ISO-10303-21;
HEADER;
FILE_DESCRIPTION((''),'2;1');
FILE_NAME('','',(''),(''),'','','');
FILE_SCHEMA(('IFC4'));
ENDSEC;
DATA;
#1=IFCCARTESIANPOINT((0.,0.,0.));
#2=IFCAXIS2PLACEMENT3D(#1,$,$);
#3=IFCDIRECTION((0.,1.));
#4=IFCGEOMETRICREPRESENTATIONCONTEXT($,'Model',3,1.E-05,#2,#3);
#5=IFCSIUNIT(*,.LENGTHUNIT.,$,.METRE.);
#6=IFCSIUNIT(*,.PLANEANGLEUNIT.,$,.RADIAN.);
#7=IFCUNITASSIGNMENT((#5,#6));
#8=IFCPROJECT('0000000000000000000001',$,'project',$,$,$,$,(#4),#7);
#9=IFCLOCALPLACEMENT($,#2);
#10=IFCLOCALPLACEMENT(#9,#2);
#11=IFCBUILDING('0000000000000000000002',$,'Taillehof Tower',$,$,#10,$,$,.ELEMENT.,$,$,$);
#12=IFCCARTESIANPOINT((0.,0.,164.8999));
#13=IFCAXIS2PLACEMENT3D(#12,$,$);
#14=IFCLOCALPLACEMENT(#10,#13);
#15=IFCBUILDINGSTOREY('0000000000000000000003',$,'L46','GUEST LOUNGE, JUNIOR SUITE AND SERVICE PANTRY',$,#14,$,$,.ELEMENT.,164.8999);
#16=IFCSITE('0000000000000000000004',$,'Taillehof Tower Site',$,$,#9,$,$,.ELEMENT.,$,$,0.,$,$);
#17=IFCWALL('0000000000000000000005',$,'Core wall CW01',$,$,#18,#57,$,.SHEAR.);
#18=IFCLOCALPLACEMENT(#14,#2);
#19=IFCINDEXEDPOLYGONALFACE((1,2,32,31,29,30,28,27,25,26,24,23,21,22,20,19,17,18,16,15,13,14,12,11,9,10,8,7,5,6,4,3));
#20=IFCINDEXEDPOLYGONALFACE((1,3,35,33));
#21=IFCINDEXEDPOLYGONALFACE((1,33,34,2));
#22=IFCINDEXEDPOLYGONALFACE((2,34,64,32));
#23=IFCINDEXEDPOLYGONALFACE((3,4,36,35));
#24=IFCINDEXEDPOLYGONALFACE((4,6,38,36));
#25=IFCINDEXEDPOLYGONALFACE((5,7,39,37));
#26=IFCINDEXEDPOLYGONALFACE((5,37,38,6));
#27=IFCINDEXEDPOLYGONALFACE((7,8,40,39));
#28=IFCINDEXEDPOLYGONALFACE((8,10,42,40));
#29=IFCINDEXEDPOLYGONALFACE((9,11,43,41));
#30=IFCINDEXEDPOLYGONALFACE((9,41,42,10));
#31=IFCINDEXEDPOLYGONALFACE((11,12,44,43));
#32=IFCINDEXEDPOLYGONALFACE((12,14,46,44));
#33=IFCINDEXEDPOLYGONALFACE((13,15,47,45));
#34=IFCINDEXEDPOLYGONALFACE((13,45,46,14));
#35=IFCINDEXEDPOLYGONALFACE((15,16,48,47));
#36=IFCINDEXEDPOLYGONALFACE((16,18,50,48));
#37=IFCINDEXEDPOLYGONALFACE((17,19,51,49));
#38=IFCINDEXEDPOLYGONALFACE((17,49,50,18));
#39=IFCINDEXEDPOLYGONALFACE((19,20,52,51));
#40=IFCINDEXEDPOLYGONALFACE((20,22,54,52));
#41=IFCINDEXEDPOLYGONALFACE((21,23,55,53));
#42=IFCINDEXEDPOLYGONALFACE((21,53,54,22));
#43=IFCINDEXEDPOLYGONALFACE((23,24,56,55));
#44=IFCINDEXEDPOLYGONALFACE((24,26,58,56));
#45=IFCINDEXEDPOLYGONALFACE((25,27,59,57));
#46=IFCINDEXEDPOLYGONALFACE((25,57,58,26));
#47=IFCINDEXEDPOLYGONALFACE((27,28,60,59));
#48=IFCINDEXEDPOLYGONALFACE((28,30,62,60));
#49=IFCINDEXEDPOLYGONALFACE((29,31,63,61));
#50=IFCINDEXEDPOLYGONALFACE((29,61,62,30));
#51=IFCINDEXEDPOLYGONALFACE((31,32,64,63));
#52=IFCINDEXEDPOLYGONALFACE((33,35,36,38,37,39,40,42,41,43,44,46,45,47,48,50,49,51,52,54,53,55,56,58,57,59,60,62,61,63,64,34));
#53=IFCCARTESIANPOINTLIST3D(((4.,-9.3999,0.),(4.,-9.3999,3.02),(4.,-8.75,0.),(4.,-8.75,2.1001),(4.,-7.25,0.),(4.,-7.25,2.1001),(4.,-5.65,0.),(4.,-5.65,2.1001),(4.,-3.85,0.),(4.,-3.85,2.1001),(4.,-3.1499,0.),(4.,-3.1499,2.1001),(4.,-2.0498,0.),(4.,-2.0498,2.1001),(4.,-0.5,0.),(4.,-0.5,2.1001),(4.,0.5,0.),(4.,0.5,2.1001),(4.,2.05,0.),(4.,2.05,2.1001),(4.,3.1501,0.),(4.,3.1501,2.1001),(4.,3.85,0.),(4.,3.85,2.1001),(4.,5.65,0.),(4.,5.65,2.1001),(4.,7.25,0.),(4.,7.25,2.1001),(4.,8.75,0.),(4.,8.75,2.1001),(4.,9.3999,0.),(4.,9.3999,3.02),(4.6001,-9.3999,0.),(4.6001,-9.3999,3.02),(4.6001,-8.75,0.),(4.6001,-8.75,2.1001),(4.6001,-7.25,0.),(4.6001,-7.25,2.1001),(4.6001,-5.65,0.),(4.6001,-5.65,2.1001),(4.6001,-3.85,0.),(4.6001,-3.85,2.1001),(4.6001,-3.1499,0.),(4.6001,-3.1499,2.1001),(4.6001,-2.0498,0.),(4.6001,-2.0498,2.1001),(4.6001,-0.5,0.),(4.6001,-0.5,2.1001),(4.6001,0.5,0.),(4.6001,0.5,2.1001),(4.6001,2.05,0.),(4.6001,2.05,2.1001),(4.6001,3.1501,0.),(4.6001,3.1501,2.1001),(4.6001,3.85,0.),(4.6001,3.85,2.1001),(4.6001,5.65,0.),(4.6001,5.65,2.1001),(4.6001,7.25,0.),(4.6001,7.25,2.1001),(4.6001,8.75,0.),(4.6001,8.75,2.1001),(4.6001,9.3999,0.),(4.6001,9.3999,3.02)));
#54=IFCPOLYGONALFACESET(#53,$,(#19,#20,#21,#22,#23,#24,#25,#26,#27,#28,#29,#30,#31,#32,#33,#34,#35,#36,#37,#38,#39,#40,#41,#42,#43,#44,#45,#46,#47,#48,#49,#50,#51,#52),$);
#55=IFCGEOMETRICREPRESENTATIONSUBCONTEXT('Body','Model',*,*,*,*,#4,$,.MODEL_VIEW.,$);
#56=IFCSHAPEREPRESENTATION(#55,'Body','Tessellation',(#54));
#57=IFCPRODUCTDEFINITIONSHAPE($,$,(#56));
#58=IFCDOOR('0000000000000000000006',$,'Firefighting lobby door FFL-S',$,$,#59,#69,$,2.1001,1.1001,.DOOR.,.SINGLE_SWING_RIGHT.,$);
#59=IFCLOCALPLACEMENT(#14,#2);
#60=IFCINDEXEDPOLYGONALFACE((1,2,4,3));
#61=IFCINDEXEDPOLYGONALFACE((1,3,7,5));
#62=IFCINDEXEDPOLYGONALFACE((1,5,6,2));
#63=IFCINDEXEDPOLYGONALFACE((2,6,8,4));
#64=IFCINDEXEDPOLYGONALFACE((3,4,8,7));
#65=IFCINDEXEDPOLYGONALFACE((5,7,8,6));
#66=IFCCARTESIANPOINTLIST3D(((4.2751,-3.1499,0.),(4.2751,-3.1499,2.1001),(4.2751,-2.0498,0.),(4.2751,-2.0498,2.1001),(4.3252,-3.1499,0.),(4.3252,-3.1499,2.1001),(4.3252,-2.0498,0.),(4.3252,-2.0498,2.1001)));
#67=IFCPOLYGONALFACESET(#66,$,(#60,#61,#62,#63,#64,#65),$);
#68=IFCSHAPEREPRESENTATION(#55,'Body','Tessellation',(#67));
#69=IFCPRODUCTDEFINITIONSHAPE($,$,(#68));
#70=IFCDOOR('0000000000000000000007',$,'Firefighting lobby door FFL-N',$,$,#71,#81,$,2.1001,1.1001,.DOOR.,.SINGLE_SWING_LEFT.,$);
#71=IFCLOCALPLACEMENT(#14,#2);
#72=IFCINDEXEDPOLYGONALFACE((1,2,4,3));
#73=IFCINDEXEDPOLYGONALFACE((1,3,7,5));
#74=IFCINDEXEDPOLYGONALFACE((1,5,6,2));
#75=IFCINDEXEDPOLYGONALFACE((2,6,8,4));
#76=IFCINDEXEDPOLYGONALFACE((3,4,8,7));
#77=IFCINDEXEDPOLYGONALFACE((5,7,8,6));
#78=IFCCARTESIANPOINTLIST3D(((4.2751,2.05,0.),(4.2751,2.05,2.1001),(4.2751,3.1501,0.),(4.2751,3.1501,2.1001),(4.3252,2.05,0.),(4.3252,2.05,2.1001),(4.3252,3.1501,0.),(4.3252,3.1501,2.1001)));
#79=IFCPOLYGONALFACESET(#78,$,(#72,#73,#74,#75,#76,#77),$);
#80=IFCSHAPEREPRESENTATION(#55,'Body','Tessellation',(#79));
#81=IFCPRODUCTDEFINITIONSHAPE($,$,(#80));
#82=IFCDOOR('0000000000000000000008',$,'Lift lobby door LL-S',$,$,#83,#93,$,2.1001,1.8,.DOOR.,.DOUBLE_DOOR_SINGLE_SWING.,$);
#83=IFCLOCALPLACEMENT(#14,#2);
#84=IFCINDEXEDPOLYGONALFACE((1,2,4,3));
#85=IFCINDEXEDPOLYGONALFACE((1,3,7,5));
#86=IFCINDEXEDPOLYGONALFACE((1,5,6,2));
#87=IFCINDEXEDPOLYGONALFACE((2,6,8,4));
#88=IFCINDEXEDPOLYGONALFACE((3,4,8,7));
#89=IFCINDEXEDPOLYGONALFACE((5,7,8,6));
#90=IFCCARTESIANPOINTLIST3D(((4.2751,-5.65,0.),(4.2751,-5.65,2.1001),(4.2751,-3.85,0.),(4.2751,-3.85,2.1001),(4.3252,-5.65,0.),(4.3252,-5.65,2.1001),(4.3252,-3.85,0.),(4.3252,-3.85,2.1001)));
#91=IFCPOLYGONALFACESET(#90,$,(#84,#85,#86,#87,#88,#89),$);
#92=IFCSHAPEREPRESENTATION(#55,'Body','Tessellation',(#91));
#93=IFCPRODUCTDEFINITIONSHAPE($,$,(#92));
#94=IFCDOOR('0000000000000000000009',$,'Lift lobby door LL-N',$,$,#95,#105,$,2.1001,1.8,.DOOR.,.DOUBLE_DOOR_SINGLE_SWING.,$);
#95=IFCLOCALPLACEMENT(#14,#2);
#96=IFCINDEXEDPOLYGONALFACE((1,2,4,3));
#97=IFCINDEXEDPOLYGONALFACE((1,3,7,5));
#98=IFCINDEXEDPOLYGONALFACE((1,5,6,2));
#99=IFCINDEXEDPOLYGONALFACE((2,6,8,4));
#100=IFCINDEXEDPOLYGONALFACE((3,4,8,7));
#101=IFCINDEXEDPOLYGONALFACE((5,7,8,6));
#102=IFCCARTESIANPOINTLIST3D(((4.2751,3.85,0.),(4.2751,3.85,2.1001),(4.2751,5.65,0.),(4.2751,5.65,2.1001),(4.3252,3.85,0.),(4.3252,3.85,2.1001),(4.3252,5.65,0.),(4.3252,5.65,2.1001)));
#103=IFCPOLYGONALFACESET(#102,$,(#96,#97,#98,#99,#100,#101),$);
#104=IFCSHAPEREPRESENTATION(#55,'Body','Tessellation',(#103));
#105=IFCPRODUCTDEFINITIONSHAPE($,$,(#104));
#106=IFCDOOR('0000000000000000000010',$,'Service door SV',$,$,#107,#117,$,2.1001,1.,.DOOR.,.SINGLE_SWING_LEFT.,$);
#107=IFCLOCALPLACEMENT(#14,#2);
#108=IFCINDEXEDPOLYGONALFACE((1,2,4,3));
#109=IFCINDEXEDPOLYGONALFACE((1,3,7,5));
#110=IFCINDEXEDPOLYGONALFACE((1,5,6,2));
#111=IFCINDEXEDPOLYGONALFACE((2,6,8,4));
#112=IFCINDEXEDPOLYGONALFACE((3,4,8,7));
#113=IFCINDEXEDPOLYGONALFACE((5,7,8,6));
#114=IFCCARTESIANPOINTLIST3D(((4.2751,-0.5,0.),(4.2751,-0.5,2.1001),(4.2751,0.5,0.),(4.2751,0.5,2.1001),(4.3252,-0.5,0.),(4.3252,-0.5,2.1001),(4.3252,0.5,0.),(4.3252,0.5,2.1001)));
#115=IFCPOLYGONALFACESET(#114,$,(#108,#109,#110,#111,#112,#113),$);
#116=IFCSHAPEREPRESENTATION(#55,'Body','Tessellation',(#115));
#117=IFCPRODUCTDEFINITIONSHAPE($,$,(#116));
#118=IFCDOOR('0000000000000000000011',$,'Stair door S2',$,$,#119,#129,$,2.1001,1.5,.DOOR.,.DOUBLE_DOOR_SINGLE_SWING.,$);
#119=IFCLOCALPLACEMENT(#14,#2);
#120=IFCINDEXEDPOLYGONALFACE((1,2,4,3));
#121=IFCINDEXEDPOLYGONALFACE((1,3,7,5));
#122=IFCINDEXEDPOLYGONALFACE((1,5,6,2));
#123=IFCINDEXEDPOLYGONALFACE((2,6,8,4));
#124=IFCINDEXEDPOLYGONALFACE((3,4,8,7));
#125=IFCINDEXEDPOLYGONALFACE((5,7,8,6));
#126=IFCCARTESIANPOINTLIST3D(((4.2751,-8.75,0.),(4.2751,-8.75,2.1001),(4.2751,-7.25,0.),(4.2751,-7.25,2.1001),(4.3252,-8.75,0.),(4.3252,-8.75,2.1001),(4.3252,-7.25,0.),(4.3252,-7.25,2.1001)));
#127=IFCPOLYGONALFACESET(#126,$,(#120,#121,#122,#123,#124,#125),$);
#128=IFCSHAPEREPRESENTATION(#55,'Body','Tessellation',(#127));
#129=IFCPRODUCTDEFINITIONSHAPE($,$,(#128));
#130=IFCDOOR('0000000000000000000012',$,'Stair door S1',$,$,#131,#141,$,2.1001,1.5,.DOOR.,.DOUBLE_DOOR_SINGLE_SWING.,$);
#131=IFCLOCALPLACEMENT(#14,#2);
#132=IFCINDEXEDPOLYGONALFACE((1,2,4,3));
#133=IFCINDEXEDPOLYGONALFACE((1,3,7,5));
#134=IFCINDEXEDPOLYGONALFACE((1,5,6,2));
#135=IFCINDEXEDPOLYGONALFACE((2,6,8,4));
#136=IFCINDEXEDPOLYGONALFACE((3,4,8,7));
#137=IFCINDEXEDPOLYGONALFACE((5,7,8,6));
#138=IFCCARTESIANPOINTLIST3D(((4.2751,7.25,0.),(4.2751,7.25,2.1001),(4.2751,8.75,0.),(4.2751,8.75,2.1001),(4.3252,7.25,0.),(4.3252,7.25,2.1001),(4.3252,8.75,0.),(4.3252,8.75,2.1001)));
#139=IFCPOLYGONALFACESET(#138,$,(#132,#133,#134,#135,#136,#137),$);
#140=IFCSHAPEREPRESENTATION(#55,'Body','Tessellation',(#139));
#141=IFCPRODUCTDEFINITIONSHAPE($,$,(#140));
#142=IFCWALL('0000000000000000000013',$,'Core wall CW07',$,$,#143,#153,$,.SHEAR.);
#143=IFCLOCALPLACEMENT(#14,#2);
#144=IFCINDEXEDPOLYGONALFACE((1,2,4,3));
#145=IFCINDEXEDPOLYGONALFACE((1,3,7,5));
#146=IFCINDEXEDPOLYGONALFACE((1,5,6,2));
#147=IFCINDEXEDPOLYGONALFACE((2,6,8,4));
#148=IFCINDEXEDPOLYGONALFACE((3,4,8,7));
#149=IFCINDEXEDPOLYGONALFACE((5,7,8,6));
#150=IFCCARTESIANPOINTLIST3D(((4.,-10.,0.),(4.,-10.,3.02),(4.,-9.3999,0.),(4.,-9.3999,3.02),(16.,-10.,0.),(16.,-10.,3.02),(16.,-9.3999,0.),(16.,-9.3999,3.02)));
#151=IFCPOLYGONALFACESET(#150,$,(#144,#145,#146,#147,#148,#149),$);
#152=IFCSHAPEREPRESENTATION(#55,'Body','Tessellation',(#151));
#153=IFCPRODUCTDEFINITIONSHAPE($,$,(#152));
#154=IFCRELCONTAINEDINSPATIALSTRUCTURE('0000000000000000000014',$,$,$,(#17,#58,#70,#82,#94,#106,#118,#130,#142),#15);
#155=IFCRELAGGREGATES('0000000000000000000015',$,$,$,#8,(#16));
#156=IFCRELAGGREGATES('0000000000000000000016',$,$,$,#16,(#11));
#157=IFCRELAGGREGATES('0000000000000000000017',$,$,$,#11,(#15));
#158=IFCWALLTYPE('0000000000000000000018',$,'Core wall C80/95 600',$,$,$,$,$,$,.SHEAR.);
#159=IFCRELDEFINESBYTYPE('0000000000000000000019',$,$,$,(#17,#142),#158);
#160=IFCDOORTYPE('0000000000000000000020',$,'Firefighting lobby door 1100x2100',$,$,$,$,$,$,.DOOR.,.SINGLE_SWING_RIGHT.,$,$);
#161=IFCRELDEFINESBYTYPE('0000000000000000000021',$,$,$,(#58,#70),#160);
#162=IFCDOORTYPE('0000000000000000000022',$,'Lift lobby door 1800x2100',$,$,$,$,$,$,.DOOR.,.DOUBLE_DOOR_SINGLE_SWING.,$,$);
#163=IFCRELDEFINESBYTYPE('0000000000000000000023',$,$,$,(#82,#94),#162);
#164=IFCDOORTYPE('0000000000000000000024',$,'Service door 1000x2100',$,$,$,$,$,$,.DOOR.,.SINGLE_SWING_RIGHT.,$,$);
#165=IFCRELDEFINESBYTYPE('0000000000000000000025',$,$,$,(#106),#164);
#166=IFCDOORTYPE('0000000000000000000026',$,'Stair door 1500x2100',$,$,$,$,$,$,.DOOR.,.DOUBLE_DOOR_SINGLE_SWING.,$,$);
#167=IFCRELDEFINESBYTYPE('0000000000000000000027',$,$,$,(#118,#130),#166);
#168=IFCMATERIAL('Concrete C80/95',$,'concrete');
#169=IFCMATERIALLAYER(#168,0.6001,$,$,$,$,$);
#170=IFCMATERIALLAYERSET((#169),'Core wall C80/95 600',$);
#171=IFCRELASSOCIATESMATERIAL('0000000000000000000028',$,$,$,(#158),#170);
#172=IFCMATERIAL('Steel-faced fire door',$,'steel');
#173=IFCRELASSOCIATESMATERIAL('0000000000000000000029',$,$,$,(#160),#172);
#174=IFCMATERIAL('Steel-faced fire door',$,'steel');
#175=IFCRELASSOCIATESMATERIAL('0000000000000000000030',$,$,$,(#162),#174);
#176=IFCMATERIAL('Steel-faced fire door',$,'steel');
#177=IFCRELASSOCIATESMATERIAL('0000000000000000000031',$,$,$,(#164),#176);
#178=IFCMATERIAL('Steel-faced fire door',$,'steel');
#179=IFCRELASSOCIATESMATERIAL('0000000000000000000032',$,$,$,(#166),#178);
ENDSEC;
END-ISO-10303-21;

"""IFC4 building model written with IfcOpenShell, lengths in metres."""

from ifc_helpers import new_model, si_unit, direction, frame, frame_2d, origin, place, context, subcontext, project, spatial, rectangle, extrude, material, layer, layer_set, type_object, element, fill, save


model = new_model("IFC4")

# Units and contexts
model_context = context("Model", 3, precision=1e-05, world=origin(), true_north=direction((0.0, 1.0)))
body_context = subcontext(model_context, "Body", "Model", "MODEL_VIEW")
ifc_project = project(units=[si_unit("LENGTHUNIT", "METRE"), si_unit("PLANEANGLEUNIT", "RADIAN")], contexts=[model_context])

# Site, building, storey
site_placement = place(None, origin())
site = spatial("IfcSite", under=ifc_project, at=site_placement, Name="Taillehof Tower Site", CompositionType="ELEMENT", RefElevation=0.0)
building_placement = place(site_placement, origin())
building = spatial("IfcBuilding", under=site, at=building_placement, Name="Taillehof Tower", CompositionType="ELEMENT")
storey_placement = place(building_placement, frame((0.0, 0.0, 164.8999)))
storey = spatial("IfcBuildingStorey", under=building, at=storey_placement, Name="L46", Description="GUEST LOUNGE, JUNIOR SUITE AND SERVICE PANTRY", CompositionType="ELEMENT", Elevation=164.8999)

# Wall, openings, doors
ifc_material_1 = material(Name="Concrete C80/95", Category="concrete")
ifc_layer_1 = layer(ifc_material_1, 0.6001)
ifc_layer_set_1 = layer_set([ifc_layer_1], Name="Core wall C80/95 600")
wall_type_1 = type_object("IfcWallType", Name="Core wall C80/95 600", PredefinedType="SHEAR", material=ifc_layer_set_1)
wall_1_placement = place(storey_placement, frame((4.3, -9.3999, 0.0), z_axis=(0.0, 0.0, 1.0), x_axis=(0.0, 1.0, 0.0)))
wall_1 = element("IfcWall", 1, at=wall_1_placement, inside=storey, type_object=wall_type_1, Name="Core wall CW01", PredefinedType="SHEAR", context=body_context, shape_type="SweptSolid", body=[
    extrude(rectangle(XDim=18.7998, YDim=0.6001, at=frame_2d((9.3999, 0.0))), origin(), (0.0, 0.0, 1.0), 3.02),
])
opening_1_placement = place(wall_1_placement, frame((0.6499, 0.0, 0.0)))
opening_1 = element("IfcOpeningElement", 2, at=opening_1_placement, cuts=wall_1, PredefinedType="OPENING", context=body_context, shape_type="SweptSolid", body=[
    extrude(rectangle(XDim=1.5, YDim=2.1001, at=frame_2d((0.75, 1.05))), frame((0.0, 0.3101, 0.0), z_axis=(0.0, -1.0, 0.0), x_axis=(1.0, 0.0, 0.0)), (0.0, 0.0, 1.0), 0.6201),
])
opening_2_placement = place(wall_1_placement, frame((3.75, 0.0, 0.0)))
opening_2 = element("IfcOpeningElement", 3, at=opening_2_placement, cuts=wall_1, PredefinedType="OPENING", context=body_context, shape_type="SweptSolid", body=[
    extrude(rectangle(XDim=1.8, YDim=2.1001, at=frame_2d((0.8999, 1.05))), frame((0.0, 0.3101, 0.0), z_axis=(0.0, -1.0, 0.0), x_axis=(1.0, 0.0, 0.0)), (0.0, 0.0, 1.0), 0.6201),
])
opening_3_placement = place(wall_1_placement, frame((6.25, 0.0, 0.0)))
opening_3 = element("IfcOpeningElement", 4, at=opening_3_placement, cuts=wall_1, PredefinedType="OPENING", context=body_context, shape_type="SweptSolid", body=[
    extrude(rectangle(XDim=1.1001, YDim=2.1001, at=frame_2d((0.55, 1.05))), frame((0.0, 0.3101, 0.0), z_axis=(0.0, -1.0, 0.0), x_axis=(1.0, 0.0, 0.0)), (0.0, 0.0, 1.0), 0.6201),
])
opening_4_placement = place(wall_1_placement, frame((8.8999, 0.0, 0.0)))
opening_4 = element("IfcOpeningElement", 5, at=opening_4_placement, cuts=wall_1, PredefinedType="OPENING", context=body_context, shape_type="SweptSolid", body=[
    extrude(rectangle(XDim=1.0, YDim=2.1001, at=frame_2d((0.5, 1.05))), frame((0.0, 0.3101, 0.0), z_axis=(0.0, -1.0, 0.0), x_axis=(1.0, 0.0, 0.0)), (0.0, 0.0, 1.0), 0.6201),
])
opening_5_placement = place(wall_1_placement, frame((11.45, 0.0, 0.0)))
opening_5 = element("IfcOpeningElement", 6, at=opening_5_placement, cuts=wall_1, PredefinedType="OPENING", context=body_context, shape_type="SweptSolid", body=[
    extrude(rectangle(XDim=1.1001, YDim=2.1001, at=frame_2d((0.55, 1.05))), frame((0.0, 0.3101, 0.0), z_axis=(0.0, -1.0, 0.0), x_axis=(1.0, 0.0, 0.0)), (0.0, 0.0, 1.0), 0.6201),
])
opening_6_placement = place(wall_1_placement, frame((13.25, 0.0, 0.0)))
opening_6 = element("IfcOpeningElement", 7, at=opening_6_placement, cuts=wall_1, PredefinedType="OPENING", context=body_context, shape_type="SweptSolid", body=[
    extrude(rectangle(XDim=1.8, YDim=2.1001, at=frame_2d((0.8999, 1.05))), frame((0.0, 0.3101, 0.0), z_axis=(0.0, -1.0, 0.0), x_axis=(1.0, 0.0, 0.0)), (0.0, 0.0, 1.0), 0.6201),
])
opening_7_placement = place(wall_1_placement, frame((16.6499, 0.0, 0.0)))
opening_7 = element("IfcOpeningElement", 8, at=opening_7_placement, cuts=wall_1, PredefinedType="OPENING", context=body_context, shape_type="SweptSolid", body=[
    extrude(rectangle(XDim=1.5, YDim=2.1001, at=frame_2d((0.75, 1.05))), frame((0.0, 0.3101, 0.0), z_axis=(0.0, -1.0, 0.0), x_axis=(1.0, 0.0, 0.0)), (0.0, 0.0, 1.0), 0.6201),
])
ifc_material_2 = material(Name="Steel-faced fire door", Category="steel")
door_type_1 = type_object("IfcDoorType", Name="Firefighting lobby door 1100x2100", OperationType="SINGLE_SWING_RIGHT", PredefinedType="DOOR", material=ifc_material_2)
door_1_placement = place(opening_3_placement, origin())
door_1 = element("IfcDoor", 9, at=door_1_placement, inside=storey, type_object=door_type_1, Name="Firefighting lobby door FFL-S", OperationType="SINGLE_SWING_RIGHT", OverallHeight=2.1001, OverallWidth=1.1001, PredefinedType="DOOR", context=body_context, shape_type="SweptSolid", body=[
    extrude(rectangle(XDim=1.1001, YDim=2.1001, at=frame_2d((0.55, 1.05))), frame((0.0, 0.0249, 0.0), z_axis=(0.0, -1.0, 0.0), x_axis=(1.0, 0.0, 0.0)), (0.0, 0.0, 1.0), 0.05),
])
fill(opening_3, door_1)
door_2_placement = place(opening_5_placement, origin())
door_2 = element("IfcDoor", 10, at=door_2_placement, inside=storey, type_object=door_type_1, Name="Firefighting lobby door FFL-N", OperationType="SINGLE_SWING_LEFT", OverallHeight=2.1001, OverallWidth=1.1001, PredefinedType="DOOR", context=body_context, shape_type="SweptSolid", body=[
    extrude(rectangle(XDim=1.1001, YDim=2.1001, at=frame_2d((0.55, 1.05))), frame((0.0, 0.0249, 0.0), z_axis=(0.0, -1.0, 0.0), x_axis=(1.0, 0.0, 0.0)), (0.0, 0.0, 1.0), 0.05),
])
fill(opening_5, door_2)
ifc_material_3 = material(Name="Steel-faced fire door", Category="steel")
door_type_2 = type_object("IfcDoorType", Name="Lift lobby door 1800x2100", OperationType="DOUBLE_DOOR_SINGLE_SWING", PredefinedType="DOOR", material=ifc_material_3)
door_3_placement = place(opening_2_placement, origin())
door_3 = element("IfcDoor", 11, at=door_3_placement, inside=storey, type_object=door_type_2, Name="Lift lobby door LL-S", OperationType="DOUBLE_DOOR_SINGLE_SWING", OverallHeight=2.1001, OverallWidth=1.8, PredefinedType="DOOR", context=body_context, shape_type="SweptSolid", body=[
    extrude(rectangle(XDim=1.8, YDim=2.1001, at=frame_2d((0.8999, 1.05))), frame((0.0, 0.0249, 0.0), z_axis=(0.0, -1.0, 0.0), x_axis=(1.0, 0.0, 0.0)), (0.0, 0.0, 1.0), 0.05),
])
fill(opening_2, door_3)
door_4_placement = place(opening_6_placement, origin())
door_4 = element("IfcDoor", 12, at=door_4_placement, inside=storey, type_object=door_type_2, Name="Lift lobby door LL-N", OperationType="DOUBLE_DOOR_SINGLE_SWING", OverallHeight=2.1001, OverallWidth=1.8, PredefinedType="DOOR", context=body_context, shape_type="SweptSolid", body=[
    extrude(rectangle(XDim=1.8, YDim=2.1001, at=frame_2d((0.8999, 1.05))), frame((0.0, 0.0249, 0.0), z_axis=(0.0, -1.0, 0.0), x_axis=(1.0, 0.0, 0.0)), (0.0, 0.0, 1.0), 0.05),
])
fill(opening_6, door_4)
ifc_material_4 = material(Name="Steel-faced fire door", Category="steel")
door_type_3 = type_object("IfcDoorType", Name="Service door 1000x2100", OperationType="SINGLE_SWING_RIGHT", PredefinedType="DOOR", material=ifc_material_4)
door_5_placement = place(opening_4_placement, origin())
door_5 = element("IfcDoor", 13, at=door_5_placement, inside=storey, type_object=door_type_3, Name="Service door SV", OperationType="SINGLE_SWING_LEFT", OverallHeight=2.1001, OverallWidth=1.0, PredefinedType="DOOR", context=body_context, shape_type="SweptSolid", body=[
    extrude(rectangle(XDim=1.0, YDim=2.1001, at=frame_2d((0.5, 1.05))), frame((0.0, 0.0249, 0.0), z_axis=(0.0, -1.0, 0.0), x_axis=(1.0, 0.0, 0.0)), (0.0, 0.0, 1.0), 0.05),
])
fill(opening_4, door_5)
ifc_material_5 = material(Name="Steel-faced fire door", Category="steel")
door_type_4 = type_object("IfcDoorType", Name="Stair door 1500x2100", OperationType="DOUBLE_DOOR_SINGLE_SWING", PredefinedType="DOOR", material=ifc_material_5)
door_6_placement = place(opening_1_placement, origin())
door_6 = element("IfcDoor", 14, at=door_6_placement, inside=storey, type_object=door_type_4, Name="Stair door S2", OperationType="DOUBLE_DOOR_SINGLE_SWING", OverallHeight=2.1001, OverallWidth=1.5, PredefinedType="DOOR", context=body_context, shape_type="SweptSolid", body=[
    extrude(rectangle(XDim=1.5, YDim=2.1001, at=frame_2d((0.75, 1.05))), frame((0.0, 0.0249, 0.0), z_axis=(0.0, -1.0, 0.0), x_axis=(1.0, 0.0, 0.0)), (0.0, 0.0, 1.0), 0.05),
])
fill(opening_1, door_6)
door_7_placement = place(opening_7_placement, origin())
door_7 = element("IfcDoor", 15, at=door_7_placement, inside=storey, type_object=door_type_4, Name="Stair door S1", OperationType="DOUBLE_DOOR_SINGLE_SWING", OverallHeight=2.1001, OverallWidth=1.5, PredefinedType="DOOR", context=body_context, shape_type="SweptSolid", body=[
    extrude(rectangle(XDim=1.5, YDim=2.1001, at=frame_2d((0.75, 1.05))), frame((0.0, 0.0249, 0.0), z_axis=(0.0, -1.0, 0.0), x_axis=(1.0, 0.0, 0.0)), (0.0, 0.0, 1.0), 0.05),
])
fill(opening_7, door_7)

# Wall
wall_2_placement = place(storey_placement, frame((4.0, -9.7, 0.0), z_axis=(0.0, 0.0, 1.0), x_axis=(1.0, 0.0, 0.0)))
element("IfcWall", 16, at=wall_2_placement, inside=storey, type_object=wall_type_1, Name="Core wall CW07", PredefinedType="SHEAR", context=body_context, shape_type="SweptSolid", body=[
    extrude(rectangle(XDim=12.0, YDim=0.6001, at=frame_2d((6.0, 0.0))), origin(), (0.0, 0.0, 1.0), 3.02),
])

save(model, "model.ifc")
